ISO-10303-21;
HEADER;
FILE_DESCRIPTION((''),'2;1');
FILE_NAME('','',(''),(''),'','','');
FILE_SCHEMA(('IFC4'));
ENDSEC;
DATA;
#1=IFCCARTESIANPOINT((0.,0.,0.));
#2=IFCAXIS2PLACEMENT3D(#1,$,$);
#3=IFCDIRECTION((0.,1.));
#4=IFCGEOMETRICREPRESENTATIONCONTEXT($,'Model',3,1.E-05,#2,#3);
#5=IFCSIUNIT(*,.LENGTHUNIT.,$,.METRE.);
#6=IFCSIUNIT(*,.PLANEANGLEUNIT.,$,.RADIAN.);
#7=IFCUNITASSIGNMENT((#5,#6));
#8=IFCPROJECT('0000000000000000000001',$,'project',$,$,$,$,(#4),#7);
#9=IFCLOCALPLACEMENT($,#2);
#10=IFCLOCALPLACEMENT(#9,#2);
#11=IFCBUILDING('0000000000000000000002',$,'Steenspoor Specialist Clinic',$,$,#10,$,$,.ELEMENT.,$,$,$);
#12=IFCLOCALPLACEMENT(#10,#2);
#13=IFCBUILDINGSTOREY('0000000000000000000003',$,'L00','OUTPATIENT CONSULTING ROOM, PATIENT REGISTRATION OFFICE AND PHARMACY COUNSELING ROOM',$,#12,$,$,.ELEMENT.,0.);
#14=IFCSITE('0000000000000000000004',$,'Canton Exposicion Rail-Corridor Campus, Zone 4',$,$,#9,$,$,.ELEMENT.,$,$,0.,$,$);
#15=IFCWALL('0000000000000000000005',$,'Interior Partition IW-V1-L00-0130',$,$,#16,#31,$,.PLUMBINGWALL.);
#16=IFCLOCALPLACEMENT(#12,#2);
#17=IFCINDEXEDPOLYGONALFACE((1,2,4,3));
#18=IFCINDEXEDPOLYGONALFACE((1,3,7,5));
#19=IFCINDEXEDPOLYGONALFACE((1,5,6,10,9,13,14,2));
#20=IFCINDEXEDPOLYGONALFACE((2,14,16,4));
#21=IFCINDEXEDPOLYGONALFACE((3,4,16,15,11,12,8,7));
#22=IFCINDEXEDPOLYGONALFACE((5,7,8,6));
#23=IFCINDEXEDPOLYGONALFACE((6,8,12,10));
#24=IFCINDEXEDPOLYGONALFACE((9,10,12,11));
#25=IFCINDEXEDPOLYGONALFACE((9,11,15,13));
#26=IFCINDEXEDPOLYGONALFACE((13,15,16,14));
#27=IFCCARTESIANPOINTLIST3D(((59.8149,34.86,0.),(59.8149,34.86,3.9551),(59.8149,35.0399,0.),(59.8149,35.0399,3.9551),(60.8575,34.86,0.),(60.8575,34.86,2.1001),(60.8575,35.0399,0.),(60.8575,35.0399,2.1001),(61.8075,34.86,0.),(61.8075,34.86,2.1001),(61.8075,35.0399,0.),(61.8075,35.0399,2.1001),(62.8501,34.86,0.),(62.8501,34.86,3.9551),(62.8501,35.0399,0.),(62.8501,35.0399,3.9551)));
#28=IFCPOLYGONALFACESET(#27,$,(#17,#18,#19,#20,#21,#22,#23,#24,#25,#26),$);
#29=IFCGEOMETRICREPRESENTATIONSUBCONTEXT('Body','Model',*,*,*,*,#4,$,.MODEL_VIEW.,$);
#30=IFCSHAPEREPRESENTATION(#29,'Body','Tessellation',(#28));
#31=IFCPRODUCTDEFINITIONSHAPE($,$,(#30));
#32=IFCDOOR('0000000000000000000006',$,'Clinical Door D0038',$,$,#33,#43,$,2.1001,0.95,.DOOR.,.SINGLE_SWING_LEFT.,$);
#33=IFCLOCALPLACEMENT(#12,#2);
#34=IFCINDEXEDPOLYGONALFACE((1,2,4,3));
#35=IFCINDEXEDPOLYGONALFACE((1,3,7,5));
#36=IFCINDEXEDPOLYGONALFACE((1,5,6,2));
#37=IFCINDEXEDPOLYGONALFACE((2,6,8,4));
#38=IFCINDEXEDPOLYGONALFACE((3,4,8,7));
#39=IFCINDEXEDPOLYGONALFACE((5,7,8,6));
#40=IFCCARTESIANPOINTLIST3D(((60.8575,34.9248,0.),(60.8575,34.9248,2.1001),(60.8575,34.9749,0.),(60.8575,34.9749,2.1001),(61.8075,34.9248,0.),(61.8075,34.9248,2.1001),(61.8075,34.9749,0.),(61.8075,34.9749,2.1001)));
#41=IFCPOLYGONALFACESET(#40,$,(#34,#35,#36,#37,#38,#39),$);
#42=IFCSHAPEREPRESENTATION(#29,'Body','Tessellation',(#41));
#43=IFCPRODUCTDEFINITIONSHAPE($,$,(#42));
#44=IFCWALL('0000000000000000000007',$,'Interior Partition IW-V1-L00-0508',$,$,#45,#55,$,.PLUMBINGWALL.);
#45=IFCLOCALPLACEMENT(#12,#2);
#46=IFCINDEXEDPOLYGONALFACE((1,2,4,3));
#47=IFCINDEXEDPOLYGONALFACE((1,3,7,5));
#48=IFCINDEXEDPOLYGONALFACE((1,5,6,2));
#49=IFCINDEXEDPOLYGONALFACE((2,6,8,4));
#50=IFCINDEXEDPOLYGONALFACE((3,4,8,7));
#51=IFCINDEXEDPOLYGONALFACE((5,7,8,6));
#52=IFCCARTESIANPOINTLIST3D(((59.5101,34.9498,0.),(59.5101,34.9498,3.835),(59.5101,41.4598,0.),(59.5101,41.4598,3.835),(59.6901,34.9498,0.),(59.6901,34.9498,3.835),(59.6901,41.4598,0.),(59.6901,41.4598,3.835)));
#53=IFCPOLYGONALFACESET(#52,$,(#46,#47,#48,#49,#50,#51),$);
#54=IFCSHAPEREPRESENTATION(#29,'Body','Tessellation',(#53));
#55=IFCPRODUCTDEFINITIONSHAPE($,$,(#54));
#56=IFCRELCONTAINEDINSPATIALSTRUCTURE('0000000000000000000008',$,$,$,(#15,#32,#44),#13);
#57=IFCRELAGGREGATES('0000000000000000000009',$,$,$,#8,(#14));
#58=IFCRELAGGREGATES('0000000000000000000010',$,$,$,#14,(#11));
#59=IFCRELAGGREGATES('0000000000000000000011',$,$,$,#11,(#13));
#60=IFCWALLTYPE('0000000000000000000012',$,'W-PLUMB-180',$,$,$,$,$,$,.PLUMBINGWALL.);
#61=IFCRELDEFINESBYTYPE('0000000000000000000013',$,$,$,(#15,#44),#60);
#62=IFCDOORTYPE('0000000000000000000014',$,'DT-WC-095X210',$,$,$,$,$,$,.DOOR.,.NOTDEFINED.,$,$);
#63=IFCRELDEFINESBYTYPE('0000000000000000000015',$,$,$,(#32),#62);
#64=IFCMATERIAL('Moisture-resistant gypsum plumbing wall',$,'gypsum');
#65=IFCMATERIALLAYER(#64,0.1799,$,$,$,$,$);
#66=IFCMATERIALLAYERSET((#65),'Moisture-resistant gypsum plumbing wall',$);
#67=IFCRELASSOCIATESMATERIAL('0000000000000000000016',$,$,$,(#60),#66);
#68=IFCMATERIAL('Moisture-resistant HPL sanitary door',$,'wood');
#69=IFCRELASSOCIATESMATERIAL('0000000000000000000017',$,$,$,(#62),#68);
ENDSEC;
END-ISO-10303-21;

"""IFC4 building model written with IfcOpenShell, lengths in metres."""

from ifc_helpers import new_model, si_unit, direction, frame, frame_2d, origin, place, context, subcontext, project, spatial, rectangle, extrude, material, layer, layer_set, type_object, element, fill, save


model = new_model("IFC4")

# Units and contexts
model_context = context("Model", 3, precision=1e-05, world=origin(), true_north=direction((0.0, 1.0)))
body_context = subcontext(model_context, "Body", "Model", "MODEL_VIEW")
ifc_project = project(units=[si_unit("LENGTHUNIT", "METRE"), si_unit("PLANEANGLEUNIT", "RADIAN")], contexts=[model_context])

# Site, building, storey
site_placement = place(None, origin())
site = spatial("IfcSite", under=ifc_project, at=site_placement, Name="Canton Exposicion Rail-Corridor Campus, Zone 4", CompositionType="ELEMENT", RefElevation=0.0)
building_placement = place(site_placement, origin())
building = spatial("IfcBuilding", under=site, at=building_placement, Name="Steenspoor Specialist Clinic", CompositionType="ELEMENT")
storey_placement = place(building_placement, origin())
storey = spatial("IfcBuildingStorey", under=building, at=storey_placement, Name="L00", Description="OUTPATIENT CONSULTING ROOM, PATIENT REGISTRATION OFFICE AND PHARMACY COUNSELING ROOM", CompositionType="ELEMENT", Elevation=0.0)

# Wall, opening, door
ifc_material_1 = material(Name="Moisture-resistant gypsum plumbing wall", Category="gypsum")
ifc_layer_1 = layer(ifc_material_1, 0.1799)
ifc_layer_set_1 = layer_set([ifc_layer_1], Name="Moisture-resistant gypsum plumbing wall")
wall_type_1 = type_object("IfcWallType", Name="W-PLUMB-180", PredefinedType="PLUMBINGWALL", material=ifc_layer_set_1)
ifc_material_2 = material(Name="Moisture-resistant HPL sanitary door", Category="wood")
door_type_1 = type_object("IfcDoorType", Name="DT-WC-095X210", OperationType="NOTDEFINED", PredefinedType="DOOR", material=ifc_material_2)
wall_1_placement = place(storey_placement, frame((59.8149, 34.95, 0.0), z_axis=(0.0, 0.0, 1.0), x_axis=(1.0, 0.0, 0.0)))
wall_1 = element("IfcWall", 1, at=wall_1_placement, inside=storey, type_object=wall_type_1, Name="Interior Partition IW-V1-L00-0130", PredefinedType="PLUMBINGWALL", context=body_context, shape_type="SweptSolid", body=[
    extrude(rectangle(XDim=3.0352, YDim=0.1799, at=frame_2d((1.5176, 0.0))), origin(), (0.0, 0.0, 1.0), 3.9551),
])
opening_1_placement = place(wall_1_placement, frame((1.0425, 0.0, 0.0)))
opening_1 = element("IfcOpeningElement", 2, at=opening_1_placement, cuts=wall_1, PredefinedType="OPENING", context=body_context, shape_type="SweptSolid", body=[
    extrude(rectangle(XDim=0.95, YDim=2.1001, at=frame_2d((0.4751, 1.05))), frame((0.0, 0.1001, 0.0), z_axis=(0.0, -1.0, 0.0), x_axis=(1.0, 0.0, 0.0)), (0.0, 0.0, 1.0), 0.2),
])
door_1_placement = place(opening_1_placement, origin())
door_1 = element("IfcDoor", 3, at=door_1_placement, inside=storey, type_object=door_type_1, Name="Clinical Door D0038", OperationType="SINGLE_SWING_LEFT", OverallHeight=2.1001, OverallWidth=0.95, PredefinedType="DOOR", context=body_context, shape_type="SweptSolid", body=[
    extrude(rectangle(XDim=0.95, YDim=2.1001, at=frame_2d((0.4751, 1.05))), frame((0.0, 0.0249, 0.0), z_axis=(0.0, -1.0, 0.0), x_axis=(1.0, 0.0, 0.0)), (0.0, 0.0, 1.0), 0.05),
])
fill(opening_1, door_1)

# Wall
wall_2_placement = place(storey_placement, frame((59.6001, 34.95, 0.0), z_axis=(0.0, 0.0, 1.0), x_axis=(0.0, 1.0, 0.0)))
element("IfcWall", 4, at=wall_2_placement, inside=storey, type_object=wall_type_1, Name="Interior Partition IW-V1-L00-0508", PredefinedType="PLUMBINGWALL", context=body_context, shape_type="SweptSolid", body=[
    extrude(rectangle(XDim=6.51, YDim=0.1799, at=frame_2d((3.2549, 0.0))), origin(), (0.0, 0.0, 1.0), 3.835),
])

save(model, "model.ifc")
